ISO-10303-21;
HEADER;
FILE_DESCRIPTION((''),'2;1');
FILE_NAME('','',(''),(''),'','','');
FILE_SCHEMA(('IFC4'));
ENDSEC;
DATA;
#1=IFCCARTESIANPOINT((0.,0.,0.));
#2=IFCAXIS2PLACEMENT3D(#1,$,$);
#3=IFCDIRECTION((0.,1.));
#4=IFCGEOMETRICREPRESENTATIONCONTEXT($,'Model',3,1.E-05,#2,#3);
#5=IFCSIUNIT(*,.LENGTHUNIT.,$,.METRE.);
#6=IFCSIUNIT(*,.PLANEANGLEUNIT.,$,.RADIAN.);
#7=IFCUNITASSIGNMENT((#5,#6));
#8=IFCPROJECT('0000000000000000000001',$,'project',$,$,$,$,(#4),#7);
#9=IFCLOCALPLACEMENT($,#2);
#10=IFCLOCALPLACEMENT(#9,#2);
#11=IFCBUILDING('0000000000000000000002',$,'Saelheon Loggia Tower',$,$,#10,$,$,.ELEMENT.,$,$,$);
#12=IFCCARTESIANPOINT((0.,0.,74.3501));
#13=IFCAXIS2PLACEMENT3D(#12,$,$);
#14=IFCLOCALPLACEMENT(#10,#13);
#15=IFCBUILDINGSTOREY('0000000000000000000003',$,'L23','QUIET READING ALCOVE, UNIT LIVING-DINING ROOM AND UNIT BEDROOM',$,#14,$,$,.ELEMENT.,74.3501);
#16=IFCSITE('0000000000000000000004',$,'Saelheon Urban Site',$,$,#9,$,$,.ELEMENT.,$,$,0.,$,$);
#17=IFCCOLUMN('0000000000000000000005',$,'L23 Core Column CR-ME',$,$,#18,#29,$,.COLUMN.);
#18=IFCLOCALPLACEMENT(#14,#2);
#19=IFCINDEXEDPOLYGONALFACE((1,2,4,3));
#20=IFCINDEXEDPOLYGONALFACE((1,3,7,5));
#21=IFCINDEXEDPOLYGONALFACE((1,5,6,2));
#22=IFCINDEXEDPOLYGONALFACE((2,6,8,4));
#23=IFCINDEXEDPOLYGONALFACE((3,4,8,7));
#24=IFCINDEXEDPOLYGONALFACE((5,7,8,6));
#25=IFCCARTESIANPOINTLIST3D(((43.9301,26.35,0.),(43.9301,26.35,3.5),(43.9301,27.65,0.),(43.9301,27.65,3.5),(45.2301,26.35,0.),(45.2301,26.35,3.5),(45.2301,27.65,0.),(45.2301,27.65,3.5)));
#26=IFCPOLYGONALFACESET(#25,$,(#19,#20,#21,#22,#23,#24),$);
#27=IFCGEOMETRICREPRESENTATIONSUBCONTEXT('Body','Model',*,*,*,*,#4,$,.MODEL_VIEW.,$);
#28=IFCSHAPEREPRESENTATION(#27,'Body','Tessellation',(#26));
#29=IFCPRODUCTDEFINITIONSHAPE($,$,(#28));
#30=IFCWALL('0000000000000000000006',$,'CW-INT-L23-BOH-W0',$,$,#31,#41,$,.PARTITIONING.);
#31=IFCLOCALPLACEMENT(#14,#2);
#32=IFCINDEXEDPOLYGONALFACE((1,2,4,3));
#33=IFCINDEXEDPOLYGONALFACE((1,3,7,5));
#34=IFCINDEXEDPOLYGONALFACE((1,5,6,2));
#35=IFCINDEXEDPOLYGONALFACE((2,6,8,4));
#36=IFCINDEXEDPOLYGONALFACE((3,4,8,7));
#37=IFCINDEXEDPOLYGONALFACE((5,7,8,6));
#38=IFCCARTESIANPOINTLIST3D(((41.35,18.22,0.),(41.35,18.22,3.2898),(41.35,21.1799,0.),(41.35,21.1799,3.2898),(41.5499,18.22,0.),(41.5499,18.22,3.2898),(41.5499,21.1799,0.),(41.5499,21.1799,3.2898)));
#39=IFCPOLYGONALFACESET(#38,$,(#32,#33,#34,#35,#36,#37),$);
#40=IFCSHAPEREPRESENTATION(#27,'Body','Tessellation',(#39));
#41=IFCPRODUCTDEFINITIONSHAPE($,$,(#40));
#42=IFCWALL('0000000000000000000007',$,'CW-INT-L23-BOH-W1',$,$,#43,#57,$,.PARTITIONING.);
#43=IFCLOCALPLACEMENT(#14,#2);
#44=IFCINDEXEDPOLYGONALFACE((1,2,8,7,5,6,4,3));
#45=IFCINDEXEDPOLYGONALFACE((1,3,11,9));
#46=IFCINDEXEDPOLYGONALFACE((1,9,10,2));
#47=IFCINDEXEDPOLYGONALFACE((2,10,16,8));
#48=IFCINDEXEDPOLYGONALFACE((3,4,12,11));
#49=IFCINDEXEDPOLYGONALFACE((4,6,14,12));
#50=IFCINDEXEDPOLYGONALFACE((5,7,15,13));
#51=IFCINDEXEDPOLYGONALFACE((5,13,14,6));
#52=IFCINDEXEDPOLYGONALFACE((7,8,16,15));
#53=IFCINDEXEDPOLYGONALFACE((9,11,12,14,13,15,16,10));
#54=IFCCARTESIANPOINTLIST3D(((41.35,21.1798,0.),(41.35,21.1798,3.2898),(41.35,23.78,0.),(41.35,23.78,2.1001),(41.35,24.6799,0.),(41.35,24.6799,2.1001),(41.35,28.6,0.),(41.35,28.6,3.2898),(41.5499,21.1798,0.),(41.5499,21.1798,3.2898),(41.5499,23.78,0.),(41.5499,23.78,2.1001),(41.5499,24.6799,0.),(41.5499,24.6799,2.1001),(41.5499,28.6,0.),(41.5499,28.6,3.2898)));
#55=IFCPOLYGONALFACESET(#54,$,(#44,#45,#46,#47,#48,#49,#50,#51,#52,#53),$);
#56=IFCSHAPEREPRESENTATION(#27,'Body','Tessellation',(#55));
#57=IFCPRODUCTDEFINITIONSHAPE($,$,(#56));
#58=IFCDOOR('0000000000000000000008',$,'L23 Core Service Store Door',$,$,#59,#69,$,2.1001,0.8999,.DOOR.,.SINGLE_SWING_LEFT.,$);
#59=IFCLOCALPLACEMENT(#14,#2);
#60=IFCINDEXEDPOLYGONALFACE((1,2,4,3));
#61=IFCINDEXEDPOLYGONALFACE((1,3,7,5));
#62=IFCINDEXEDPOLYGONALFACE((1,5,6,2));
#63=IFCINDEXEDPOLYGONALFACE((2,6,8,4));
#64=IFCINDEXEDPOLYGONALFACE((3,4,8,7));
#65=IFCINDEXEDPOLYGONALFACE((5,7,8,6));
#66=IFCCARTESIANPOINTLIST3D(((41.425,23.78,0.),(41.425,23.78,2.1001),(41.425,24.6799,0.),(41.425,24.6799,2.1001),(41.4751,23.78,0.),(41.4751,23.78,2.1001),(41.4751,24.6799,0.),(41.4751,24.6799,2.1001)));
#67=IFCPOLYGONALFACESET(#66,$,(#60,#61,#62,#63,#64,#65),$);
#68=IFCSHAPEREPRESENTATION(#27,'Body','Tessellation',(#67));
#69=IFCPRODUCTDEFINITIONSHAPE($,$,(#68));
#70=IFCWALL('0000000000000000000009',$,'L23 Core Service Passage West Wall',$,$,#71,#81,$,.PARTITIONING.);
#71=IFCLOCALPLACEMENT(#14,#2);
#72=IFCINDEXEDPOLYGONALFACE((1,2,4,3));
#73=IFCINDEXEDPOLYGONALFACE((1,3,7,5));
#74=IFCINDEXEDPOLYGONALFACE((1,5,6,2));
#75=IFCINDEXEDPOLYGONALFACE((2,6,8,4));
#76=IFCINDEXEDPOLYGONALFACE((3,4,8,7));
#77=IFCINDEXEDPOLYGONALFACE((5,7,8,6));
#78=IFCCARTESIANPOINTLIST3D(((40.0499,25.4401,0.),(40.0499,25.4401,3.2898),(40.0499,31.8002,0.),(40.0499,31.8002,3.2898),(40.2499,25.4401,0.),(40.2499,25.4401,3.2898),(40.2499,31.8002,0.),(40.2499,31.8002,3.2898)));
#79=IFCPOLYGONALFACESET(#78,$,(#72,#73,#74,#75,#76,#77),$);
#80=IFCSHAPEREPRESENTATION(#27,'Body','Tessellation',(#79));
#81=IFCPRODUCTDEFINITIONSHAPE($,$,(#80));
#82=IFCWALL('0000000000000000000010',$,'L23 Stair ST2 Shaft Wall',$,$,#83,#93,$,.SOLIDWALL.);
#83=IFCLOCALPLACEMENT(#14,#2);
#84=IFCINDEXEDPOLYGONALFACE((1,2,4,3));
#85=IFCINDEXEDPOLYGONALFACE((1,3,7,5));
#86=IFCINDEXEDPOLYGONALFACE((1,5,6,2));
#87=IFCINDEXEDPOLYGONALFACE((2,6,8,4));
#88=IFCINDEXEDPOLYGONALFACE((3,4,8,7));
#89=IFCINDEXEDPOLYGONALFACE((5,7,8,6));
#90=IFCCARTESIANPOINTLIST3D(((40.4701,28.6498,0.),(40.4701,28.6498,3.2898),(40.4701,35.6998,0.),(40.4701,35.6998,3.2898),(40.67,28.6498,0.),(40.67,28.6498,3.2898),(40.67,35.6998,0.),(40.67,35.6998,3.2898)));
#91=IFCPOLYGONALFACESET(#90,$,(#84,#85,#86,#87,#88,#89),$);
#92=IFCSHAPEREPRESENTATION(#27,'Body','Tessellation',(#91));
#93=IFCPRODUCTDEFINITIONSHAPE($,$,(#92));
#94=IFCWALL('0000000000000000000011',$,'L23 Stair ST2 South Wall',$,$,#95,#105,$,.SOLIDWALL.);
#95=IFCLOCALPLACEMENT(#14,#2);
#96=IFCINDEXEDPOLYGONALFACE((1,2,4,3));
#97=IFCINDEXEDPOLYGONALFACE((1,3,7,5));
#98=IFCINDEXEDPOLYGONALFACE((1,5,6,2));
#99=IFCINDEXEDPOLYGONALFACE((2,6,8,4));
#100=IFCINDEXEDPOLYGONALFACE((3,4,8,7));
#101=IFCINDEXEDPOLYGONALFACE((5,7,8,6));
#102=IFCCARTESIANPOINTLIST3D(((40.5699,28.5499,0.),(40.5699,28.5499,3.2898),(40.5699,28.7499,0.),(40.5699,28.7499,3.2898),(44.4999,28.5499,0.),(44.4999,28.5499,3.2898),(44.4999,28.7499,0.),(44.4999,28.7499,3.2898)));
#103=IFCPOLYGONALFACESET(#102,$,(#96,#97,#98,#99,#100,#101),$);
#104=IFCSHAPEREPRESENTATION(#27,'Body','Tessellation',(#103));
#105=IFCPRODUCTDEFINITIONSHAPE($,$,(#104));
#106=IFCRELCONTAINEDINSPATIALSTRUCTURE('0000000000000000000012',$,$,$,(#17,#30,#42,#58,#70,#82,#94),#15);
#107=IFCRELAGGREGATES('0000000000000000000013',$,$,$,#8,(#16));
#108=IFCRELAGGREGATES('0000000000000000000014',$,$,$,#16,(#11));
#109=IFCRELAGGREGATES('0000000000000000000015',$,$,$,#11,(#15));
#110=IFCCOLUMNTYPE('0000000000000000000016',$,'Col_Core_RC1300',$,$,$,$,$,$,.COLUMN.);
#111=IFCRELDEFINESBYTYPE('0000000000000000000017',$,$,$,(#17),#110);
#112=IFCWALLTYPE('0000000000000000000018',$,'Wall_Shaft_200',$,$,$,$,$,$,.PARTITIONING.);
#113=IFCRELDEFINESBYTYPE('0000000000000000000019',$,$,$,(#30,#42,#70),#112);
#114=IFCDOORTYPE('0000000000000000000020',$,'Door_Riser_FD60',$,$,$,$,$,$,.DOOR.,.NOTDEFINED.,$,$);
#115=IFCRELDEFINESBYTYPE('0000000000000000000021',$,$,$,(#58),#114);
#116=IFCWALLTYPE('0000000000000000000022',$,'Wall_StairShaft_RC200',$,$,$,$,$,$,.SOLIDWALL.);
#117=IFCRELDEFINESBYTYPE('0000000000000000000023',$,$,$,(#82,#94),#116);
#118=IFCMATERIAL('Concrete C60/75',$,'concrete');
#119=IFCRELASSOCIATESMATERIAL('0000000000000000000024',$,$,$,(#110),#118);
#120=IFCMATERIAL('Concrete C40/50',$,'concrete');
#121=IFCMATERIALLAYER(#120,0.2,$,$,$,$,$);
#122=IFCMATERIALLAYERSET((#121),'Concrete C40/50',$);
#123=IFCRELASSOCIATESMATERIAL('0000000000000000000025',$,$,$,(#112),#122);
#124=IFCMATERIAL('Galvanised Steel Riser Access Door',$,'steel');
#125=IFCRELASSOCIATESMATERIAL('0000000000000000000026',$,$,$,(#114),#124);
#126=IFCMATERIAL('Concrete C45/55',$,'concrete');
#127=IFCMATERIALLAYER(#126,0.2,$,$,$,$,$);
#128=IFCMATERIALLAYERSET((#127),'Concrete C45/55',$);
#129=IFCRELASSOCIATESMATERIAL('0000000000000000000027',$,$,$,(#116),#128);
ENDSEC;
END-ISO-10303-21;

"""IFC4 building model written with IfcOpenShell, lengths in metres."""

from ifc_helpers import new_model, si_unit, direction, frame, frame_2d, origin, origin_2d, place, context, subcontext, project, spatial, rectangle, extrude, source, transform, mapped, material, layer, layer_set, material_profile, profile_set, type_object, element, fill, save


model = new_model("IFC4")

# Units and contexts
model_context = context("Model", 3, precision=1e-05, world=origin(), true_north=direction((0.0, 1.0)))
body_context = subcontext(model_context, "Body", "Model", "MODEL_VIEW")
ifc_project = project(units=[si_unit("LENGTHUNIT", "METRE"), si_unit("PLANEANGLEUNIT", "RADIAN")], contexts=[model_context])

# Site, building, storey
site_placement = place(None, origin())
site = spatial("IfcSite", under=ifc_project, at=site_placement, Name="Saelheon Urban Site", CompositionType="ELEMENT", RefElevation=0.0)
building_placement = place(site_placement, origin())
building = spatial("IfcBuilding", under=site, at=building_placement, Name="Saelheon Loggia Tower", CompositionType="ELEMENT")
storey_placement = place(building_placement, frame((0.0, 0.0, 74.3501)))
storey = spatial("IfcBuildingStorey", under=building, at=storey_placement, Name="L23", Description="QUIET READING ALCOVE, UNIT LIVING-DINING ROOM AND UNIT BEDROOM", CompositionType="ELEMENT", Elevation=74.3501)

# Column
ifc_material_1 = material(Name="Concrete C60/75", Category="concrete")
ifc_material_profile = material_profile(ifc_material_1, rectangle(XDim=1.3, YDim=1.3, at=origin_2d()), Name="RC-1300x1300")
ifc_profile_set = profile_set([ifc_material_profile], Name="Concrete C60/75")
column_type = type_object("IfcColumnType", Name="Col_Core_RC1300", PredefinedType="COLUMN", material=ifc_profile_set)
shared_shape_1 = source(origin(), body_context, "Body", "SweptSolid", [
    extrude(rectangle(XDim=1.3, YDim=1.3, at=origin_2d()), origin(), (0.0, 0.0, 1.0), 3.5),
])
column_placement = place(storey_placement, frame((44.5801, 27.0, 0.0), z_axis=(0.0, 0.0, 1.0), x_axis=(1.0, 0.0, 0.0)))
element("IfcColumn", 1, at=column_placement, inside=storey, type_object=column_type, Name="L23 Core Column CR-ME", PredefinedType="COLUMN", context=body_context, shape_type="MappedRepresentation", body=[
    mapped(shared_shape_1, transform((0.0, 0.0, 0.0), scale=1.0)),
])

# Wall
ifc_material_2 = material(Name="Concrete C40/50", Category="concrete")
ifc_layer_1 = layer(ifc_material_2, 0.2)
ifc_layer_set_1 = layer_set([ifc_layer_1], Name="Concrete C40/50")
wall_type_1 = type_object("IfcWallType", Name="Wall_Shaft_200", PredefinedType="PARTITIONING", material=ifc_layer_set_1)
wall_1_placement = place(storey_placement, frame((41.45, 18.22, 0.0), z_axis=(0.0, 0.0, 1.0), x_axis=(0.0, 1.0, 0.0)))
element("IfcWall", 2, at=wall_1_placement, inside=storey, type_object=wall_type_1, Name="CW-INT-L23-BOH-W0", PredefinedType="PARTITIONING", context=body_context, shape_type="SweptSolid", body=[
    extrude(rectangle(XDim=2.96, YDim=0.2, at=frame_2d((1.48, 0.0))), origin(), (0.0, 0.0, 1.0), 3.2898),
])

# Wall, opening, door
wall_2_placement = place(storey_placement, frame((41.45, 21.1799, 0.0), z_axis=(0.0, 0.0, 1.0), x_axis=(0.0, 1.0, 0.0)))
wall_2 = element("IfcWall", 3, at=wall_2_placement, inside=storey, type_object=wall_type_1, Name="CW-INT-L23-BOH-W1", PredefinedType="PARTITIONING", context=body_context, shape_type="SweptSolid", body=[
    extrude(rectangle(XDim=7.4202, YDim=0.2, at=frame_2d((3.71, 0.0))), origin(), (0.0, 0.0, 1.0), 3.2898),
])
opening_1_placement = place(wall_2_placement, frame((2.6001, 0.0, 0.0)))
opening_1 = element("IfcOpeningElement", 4, at=opening_1_placement, cuts=wall_2, PredefinedType="OPENING", context=body_context, shape_type="SweptSolid", body=[
    extrude(rectangle(XDim=0.8999, YDim=2.1001, at=frame_2d((0.45, 1.05))), frame((0.0, 0.1121, 0.0), z_axis=(0.0, -1.0, 0.0), x_axis=(1.0, 0.0, 0.0)), (0.0, 0.0, 1.0), 0.2239),
])
ifc_material_3 = material(Name="Galvanised Steel Riser Access Door", Category="steel")
door_type_1 = type_object("IfcDoorType", Name="Door_Riser_FD60", OperationType="NOTDEFINED", PredefinedType="DOOR", material=ifc_material_3)
shared_shape_2 = source(origin(), body_context, "Body", "SweptSolid", [
    extrude(rectangle(XDim=0.8999, YDim=2.1001, at=frame_2d((0.45, 1.05))), frame((0.0, 0.0249, 0.0), z_axis=(0.0, -1.0, 0.0), x_axis=(1.0, 0.0, 0.0)), (0.0, 0.0, 1.0), 0.05),
])
door_1_placement = place(opening_1_placement, origin())
door_1 = element("IfcDoor", 5, at=door_1_placement, inside=storey, type_object=door_type_1, Name="L23 Core Service Store Door", OperationType="SINGLE_SWING_LEFT", OverallHeight=2.1001, OverallWidth=0.8999, PredefinedType="DOOR", context=body_context, shape_type="MappedRepresentation", body=[
    mapped(shared_shape_2, transform((0.0, 0.0, 0.0), scale=1.0)),
])
fill(opening_1, door_1)

# Wall
wall_3_placement = place(storey_placement, frame((40.1499, 25.4399, 0.0), z_axis=(0.0, 0.0, 1.0), x_axis=(0.0, 1.0, 0.0)))
element("IfcWall", 6, at=wall_3_placement, inside=storey, type_object=wall_type_1, Name="L23 Core Service Passage West Wall", PredefinedType="PARTITIONING", context=body_context, shape_type="SweptSolid", body=[
    extrude(rectangle(XDim=6.3601, YDim=0.2, at=frame_2d((3.1802, 0.0))), origin(), (0.0, 0.0, 1.0), 3.2898),
])

# Walls
ifc_material_4 = material(Name="Concrete C45/55", Category="concrete")
ifc_layer_2 = layer(ifc_material_4, 0.2)
ifc_layer_set_2 = layer_set([ifc_layer_2], Name="Concrete C45/55")
wall_type_2 = type_object("IfcWallType", Name="Wall_StairShaft_RC200", PredefinedType="SOLIDWALL", material=ifc_layer_set_2)
wall_4_placement = place(storey_placement, frame((40.5701, 28.6499, 0.0), z_axis=(0.0, 0.0, 1.0), x_axis=(0.0, 1.0, 0.0)))
element("IfcWall", 7, at=wall_4_placement, inside=storey, type_object=wall_type_2, Name="L23 Stair ST2 Shaft Wall", PredefinedType="SOLIDWALL", context=body_context, shape_type="SweptSolid", body=[
    extrude(rectangle(XDim=7.05, YDim=0.2, at=frame_2d((3.5249, 0.0))), origin(), (0.0, 0.0, 1.0), 3.2898),
])
wall_5_placement = place(storey_placement, frame((40.5701, 28.6499, 0.0), z_axis=(0.0, 0.0, 1.0), x_axis=(1.0, 0.0, 0.0)))
element("IfcWall", 8, at=wall_5_placement, inside=storey, type_object=wall_type_2, Name="L23 Stair ST2 South Wall", PredefinedType="SOLIDWALL", context=body_context, shape_type="SweptSolid", body=[
    extrude(rectangle(XDim=3.9299, YDim=0.2, at=frame_2d((1.9648, 0.0))), origin(), (0.0, 0.0, 1.0), 3.2898),
])

save(model, "model.ifc")
